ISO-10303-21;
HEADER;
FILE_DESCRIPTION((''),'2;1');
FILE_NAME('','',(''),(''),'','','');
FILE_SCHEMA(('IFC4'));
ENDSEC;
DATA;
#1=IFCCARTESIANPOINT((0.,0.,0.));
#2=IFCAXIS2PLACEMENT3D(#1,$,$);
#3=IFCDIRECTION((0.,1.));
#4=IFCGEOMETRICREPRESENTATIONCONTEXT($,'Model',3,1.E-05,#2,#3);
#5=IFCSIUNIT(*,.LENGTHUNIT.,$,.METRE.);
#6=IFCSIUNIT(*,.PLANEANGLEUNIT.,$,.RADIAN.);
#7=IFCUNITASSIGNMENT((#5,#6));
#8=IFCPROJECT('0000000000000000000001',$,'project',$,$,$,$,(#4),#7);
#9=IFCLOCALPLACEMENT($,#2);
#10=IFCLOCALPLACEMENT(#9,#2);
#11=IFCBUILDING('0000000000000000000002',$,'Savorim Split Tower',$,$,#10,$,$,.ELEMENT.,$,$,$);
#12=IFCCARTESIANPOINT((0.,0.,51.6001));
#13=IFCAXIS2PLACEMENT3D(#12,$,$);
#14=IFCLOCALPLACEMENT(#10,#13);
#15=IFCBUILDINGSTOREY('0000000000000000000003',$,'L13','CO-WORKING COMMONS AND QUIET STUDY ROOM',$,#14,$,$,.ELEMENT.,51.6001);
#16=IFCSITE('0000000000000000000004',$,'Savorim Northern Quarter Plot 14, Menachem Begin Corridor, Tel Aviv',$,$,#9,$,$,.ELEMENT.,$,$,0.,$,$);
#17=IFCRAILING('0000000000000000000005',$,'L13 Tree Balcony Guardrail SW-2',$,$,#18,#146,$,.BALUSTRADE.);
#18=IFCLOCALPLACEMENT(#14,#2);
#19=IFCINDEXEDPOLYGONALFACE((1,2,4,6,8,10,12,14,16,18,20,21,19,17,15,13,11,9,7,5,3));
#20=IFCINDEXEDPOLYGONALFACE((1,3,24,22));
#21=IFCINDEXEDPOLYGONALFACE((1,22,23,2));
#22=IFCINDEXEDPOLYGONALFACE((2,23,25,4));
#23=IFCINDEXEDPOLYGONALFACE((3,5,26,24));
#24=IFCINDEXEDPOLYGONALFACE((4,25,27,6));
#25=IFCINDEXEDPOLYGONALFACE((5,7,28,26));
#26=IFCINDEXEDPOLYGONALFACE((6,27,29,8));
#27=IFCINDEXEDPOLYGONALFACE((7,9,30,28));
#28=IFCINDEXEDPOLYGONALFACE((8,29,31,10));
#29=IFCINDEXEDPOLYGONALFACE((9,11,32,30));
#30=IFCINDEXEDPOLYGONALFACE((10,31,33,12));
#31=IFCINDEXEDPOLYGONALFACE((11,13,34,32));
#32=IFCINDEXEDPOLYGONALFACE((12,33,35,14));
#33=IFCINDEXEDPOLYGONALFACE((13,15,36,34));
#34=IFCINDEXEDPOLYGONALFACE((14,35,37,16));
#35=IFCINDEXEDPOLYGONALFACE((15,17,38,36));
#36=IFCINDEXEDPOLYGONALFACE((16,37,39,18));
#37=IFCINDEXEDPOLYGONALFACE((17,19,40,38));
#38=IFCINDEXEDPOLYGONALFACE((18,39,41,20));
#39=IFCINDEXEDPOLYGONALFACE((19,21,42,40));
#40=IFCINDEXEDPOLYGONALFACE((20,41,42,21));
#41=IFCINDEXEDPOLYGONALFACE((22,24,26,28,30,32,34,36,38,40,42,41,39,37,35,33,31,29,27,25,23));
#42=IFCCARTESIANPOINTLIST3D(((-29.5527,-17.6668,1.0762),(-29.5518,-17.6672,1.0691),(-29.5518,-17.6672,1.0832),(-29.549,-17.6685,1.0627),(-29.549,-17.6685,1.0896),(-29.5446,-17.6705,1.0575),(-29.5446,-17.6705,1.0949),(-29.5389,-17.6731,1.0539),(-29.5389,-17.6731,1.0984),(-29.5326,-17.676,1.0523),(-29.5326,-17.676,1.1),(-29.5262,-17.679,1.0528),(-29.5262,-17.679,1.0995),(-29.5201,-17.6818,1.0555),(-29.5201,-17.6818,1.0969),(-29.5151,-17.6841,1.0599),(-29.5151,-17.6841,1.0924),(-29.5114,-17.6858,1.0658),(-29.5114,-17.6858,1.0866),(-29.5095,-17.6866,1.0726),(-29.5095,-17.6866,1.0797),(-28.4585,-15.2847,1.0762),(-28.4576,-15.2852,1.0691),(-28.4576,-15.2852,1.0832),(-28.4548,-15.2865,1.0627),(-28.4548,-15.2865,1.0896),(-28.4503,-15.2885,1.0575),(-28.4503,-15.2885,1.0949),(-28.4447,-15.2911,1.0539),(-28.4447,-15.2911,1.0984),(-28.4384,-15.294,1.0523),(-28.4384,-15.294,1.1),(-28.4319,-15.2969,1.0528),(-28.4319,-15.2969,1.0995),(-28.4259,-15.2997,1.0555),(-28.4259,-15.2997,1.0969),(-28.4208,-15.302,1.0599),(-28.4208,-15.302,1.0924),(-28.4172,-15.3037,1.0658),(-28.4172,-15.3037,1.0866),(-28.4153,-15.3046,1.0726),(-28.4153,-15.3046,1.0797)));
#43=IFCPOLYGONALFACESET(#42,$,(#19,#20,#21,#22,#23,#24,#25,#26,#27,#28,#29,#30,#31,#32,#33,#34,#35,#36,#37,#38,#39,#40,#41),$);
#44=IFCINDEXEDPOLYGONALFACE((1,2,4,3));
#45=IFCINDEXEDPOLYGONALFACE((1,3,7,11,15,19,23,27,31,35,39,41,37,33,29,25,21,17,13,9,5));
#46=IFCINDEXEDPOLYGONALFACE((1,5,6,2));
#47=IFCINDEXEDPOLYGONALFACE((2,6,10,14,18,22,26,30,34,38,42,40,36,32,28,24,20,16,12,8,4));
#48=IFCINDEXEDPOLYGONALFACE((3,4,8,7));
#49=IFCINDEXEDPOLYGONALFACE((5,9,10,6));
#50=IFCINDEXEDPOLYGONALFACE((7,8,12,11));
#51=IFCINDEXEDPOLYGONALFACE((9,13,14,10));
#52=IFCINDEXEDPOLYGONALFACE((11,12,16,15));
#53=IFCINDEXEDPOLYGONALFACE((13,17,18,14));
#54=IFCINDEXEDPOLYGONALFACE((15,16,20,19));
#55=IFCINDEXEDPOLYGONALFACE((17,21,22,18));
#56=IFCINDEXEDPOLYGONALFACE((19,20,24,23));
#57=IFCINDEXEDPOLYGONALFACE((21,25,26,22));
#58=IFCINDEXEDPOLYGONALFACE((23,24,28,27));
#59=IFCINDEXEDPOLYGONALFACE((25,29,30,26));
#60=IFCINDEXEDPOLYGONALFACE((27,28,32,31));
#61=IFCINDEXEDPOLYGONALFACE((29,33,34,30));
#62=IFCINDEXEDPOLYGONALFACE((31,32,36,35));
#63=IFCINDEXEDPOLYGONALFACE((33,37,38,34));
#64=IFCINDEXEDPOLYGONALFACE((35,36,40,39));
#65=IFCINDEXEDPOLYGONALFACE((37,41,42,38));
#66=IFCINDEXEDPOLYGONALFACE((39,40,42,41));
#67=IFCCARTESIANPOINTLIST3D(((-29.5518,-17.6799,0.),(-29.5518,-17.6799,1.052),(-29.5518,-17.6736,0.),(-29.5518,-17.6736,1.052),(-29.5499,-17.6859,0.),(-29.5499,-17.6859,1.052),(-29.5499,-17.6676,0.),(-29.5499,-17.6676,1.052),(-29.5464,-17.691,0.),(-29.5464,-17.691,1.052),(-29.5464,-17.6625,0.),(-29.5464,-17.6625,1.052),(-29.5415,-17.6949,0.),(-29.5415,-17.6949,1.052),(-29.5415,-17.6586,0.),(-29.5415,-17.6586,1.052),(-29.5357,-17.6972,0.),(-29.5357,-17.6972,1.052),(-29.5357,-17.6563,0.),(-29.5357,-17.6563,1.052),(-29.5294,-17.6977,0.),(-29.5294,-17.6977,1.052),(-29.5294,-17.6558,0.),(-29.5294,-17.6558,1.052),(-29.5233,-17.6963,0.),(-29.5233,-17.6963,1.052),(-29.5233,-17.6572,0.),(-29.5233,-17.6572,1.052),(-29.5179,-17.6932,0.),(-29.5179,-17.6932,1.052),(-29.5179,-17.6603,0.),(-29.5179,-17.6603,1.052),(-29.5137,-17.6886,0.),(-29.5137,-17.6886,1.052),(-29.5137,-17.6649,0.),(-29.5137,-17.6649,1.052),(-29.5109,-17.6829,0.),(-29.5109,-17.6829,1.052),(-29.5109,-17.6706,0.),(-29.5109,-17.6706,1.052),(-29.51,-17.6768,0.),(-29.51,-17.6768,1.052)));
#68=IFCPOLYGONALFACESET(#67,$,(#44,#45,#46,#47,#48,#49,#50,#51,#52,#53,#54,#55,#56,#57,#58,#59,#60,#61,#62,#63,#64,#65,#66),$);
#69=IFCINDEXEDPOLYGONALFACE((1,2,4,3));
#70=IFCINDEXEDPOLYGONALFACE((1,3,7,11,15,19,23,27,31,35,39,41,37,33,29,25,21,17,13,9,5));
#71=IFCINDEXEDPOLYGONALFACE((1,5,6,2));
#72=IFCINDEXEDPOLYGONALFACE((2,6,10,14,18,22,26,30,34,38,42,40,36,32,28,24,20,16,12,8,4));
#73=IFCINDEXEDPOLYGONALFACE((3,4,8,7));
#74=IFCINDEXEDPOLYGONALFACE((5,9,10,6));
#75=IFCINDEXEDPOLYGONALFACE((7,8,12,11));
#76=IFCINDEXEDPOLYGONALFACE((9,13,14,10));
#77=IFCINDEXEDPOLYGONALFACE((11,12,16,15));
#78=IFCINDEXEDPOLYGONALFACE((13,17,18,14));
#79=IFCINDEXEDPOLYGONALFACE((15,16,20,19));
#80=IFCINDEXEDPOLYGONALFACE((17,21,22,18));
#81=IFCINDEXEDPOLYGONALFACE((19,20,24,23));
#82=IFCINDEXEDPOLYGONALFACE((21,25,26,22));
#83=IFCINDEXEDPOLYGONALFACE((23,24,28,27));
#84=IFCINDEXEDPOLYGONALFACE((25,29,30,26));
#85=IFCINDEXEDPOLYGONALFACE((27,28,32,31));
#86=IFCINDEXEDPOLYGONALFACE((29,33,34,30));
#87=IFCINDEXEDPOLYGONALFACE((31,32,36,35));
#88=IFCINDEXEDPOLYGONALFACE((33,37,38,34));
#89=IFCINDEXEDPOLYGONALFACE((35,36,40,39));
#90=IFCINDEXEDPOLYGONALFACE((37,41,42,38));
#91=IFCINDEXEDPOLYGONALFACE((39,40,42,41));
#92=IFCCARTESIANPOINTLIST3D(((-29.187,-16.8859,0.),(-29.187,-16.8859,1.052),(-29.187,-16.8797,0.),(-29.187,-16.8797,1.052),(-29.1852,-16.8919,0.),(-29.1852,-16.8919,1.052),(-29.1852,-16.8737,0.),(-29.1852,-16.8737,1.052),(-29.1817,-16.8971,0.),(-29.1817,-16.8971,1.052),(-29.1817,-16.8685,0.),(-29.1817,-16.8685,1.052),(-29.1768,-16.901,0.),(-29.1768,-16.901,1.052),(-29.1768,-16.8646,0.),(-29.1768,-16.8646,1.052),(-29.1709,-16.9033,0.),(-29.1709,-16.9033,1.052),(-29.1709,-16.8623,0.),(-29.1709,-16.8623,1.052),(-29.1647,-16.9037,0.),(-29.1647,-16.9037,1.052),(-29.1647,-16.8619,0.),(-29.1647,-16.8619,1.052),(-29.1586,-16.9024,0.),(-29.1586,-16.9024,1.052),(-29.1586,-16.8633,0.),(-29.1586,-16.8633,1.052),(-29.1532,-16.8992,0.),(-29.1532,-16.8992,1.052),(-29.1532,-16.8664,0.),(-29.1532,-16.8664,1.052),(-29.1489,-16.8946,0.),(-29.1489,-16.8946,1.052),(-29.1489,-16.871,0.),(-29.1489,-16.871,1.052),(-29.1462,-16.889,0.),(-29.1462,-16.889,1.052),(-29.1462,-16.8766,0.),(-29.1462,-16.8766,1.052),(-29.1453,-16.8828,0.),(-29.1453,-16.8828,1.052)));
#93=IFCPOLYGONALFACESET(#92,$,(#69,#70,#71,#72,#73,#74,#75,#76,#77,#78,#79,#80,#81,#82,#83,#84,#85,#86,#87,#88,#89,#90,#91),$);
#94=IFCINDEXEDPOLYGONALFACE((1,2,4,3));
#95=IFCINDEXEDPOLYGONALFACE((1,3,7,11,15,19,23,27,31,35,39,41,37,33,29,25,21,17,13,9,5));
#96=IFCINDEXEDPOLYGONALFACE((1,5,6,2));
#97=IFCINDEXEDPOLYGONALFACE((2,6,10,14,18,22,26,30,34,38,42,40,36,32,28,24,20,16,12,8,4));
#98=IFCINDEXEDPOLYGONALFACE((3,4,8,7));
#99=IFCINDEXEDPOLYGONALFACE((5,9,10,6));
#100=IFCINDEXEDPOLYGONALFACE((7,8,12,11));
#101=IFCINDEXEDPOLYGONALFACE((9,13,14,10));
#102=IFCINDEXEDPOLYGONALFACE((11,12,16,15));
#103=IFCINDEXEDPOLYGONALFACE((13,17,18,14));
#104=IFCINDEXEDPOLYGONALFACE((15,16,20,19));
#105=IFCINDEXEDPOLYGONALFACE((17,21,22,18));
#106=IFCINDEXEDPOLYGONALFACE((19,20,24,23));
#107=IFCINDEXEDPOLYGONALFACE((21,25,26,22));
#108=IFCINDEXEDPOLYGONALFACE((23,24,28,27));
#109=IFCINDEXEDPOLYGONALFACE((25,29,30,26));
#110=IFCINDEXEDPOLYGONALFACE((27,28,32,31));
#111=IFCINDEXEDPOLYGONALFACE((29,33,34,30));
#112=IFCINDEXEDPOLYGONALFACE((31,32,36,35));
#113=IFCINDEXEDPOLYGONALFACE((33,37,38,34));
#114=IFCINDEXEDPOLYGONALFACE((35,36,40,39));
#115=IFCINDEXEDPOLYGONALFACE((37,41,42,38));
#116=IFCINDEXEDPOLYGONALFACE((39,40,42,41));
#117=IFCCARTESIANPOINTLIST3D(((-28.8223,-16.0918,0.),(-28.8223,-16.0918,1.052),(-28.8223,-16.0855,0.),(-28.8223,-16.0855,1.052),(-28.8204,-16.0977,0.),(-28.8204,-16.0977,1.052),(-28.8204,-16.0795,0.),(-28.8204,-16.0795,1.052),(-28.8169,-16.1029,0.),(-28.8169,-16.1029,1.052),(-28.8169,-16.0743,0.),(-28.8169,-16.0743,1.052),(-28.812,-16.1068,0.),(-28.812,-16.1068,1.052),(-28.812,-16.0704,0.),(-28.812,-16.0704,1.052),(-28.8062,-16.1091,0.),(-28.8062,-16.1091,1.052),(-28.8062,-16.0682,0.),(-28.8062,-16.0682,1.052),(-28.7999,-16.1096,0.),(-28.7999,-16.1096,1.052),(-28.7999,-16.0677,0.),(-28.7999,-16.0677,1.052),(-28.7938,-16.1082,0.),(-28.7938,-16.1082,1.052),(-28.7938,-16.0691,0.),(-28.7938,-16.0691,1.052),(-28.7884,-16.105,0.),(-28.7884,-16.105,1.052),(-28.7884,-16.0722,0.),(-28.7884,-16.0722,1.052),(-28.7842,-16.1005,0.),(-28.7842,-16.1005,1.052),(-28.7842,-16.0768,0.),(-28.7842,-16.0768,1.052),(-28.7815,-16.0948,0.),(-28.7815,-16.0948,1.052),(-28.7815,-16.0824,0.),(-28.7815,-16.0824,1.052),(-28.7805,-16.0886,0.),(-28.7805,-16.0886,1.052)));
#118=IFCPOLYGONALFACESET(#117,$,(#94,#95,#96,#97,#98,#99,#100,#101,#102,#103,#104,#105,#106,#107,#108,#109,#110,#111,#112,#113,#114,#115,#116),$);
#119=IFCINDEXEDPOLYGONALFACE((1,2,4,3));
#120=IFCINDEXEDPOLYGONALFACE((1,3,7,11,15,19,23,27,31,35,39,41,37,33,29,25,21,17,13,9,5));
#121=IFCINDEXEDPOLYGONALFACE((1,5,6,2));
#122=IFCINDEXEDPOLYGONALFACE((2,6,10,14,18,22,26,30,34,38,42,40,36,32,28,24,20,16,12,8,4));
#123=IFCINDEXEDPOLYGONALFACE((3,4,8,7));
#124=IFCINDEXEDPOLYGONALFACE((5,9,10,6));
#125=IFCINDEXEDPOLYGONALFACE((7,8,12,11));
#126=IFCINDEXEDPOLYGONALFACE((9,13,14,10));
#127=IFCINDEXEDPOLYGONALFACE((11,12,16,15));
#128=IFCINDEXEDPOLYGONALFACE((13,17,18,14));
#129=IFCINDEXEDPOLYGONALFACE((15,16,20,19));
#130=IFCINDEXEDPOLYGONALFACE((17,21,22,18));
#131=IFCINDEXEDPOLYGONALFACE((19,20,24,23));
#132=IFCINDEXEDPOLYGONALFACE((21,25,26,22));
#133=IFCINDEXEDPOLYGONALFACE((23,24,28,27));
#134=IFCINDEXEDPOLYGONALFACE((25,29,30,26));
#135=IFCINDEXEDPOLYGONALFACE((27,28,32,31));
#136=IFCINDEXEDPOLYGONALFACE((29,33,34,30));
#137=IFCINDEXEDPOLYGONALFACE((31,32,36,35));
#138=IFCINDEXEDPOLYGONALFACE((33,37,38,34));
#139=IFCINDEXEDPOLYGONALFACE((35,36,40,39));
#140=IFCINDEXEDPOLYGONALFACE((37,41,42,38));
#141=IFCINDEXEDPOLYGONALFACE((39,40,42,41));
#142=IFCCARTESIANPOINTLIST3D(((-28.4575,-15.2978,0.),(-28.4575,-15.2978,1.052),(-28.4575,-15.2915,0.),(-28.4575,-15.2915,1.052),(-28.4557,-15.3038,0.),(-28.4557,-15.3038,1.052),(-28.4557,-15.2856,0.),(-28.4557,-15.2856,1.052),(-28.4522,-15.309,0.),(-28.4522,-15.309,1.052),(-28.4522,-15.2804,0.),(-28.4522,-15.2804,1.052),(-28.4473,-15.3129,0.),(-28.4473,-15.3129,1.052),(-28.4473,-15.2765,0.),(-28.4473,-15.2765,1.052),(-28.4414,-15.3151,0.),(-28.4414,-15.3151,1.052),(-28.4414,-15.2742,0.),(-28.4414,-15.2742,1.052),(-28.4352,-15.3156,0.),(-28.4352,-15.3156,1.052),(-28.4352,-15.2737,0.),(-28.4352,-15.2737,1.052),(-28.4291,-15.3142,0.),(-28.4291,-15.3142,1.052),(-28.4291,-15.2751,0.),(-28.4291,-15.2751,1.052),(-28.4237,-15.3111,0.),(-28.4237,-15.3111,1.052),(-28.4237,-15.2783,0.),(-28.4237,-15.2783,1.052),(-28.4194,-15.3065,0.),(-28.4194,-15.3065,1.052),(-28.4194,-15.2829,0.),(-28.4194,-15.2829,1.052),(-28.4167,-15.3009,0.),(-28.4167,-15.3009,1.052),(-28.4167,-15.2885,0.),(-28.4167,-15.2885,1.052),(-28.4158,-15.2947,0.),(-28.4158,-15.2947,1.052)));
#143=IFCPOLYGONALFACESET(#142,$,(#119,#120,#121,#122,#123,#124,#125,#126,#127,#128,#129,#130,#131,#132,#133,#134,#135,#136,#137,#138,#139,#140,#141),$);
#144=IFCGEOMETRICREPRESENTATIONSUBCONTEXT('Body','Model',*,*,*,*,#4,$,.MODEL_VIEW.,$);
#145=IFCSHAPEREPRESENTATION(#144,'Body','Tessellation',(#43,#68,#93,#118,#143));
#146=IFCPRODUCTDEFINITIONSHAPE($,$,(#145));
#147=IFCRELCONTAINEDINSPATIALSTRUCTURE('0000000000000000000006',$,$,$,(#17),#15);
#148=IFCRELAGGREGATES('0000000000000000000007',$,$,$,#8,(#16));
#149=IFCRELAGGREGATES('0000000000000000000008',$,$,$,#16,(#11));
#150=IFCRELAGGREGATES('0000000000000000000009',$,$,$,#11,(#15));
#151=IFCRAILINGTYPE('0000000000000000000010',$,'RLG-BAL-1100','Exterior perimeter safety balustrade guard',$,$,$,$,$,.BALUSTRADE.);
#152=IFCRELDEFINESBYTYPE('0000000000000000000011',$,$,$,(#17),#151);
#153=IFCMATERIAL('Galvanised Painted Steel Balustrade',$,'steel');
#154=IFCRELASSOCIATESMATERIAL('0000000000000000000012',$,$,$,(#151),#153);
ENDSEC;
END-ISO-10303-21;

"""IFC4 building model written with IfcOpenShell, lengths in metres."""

from ifc_helpers import new_model, si_unit, direction, frame, origin, origin_2d, place, context, subcontext, project, spatial, circle, extrude, material, type_object, element, save


model = new_model("IFC4")

# Units and contexts
model_context = context("Model", 3, precision=1e-05, world=origin(), true_north=direction((0.0, 1.0)))
body_context = subcontext(model_context, "Body", "Model", "MODEL_VIEW")
ifc_project = project(units=[si_unit("LENGTHUNIT", "METRE"), si_unit("PLANEANGLEUNIT", "RADIAN")], contexts=[model_context])

# Site, building, storey
site_placement = place(None, origin())
site = spatial("IfcSite", under=ifc_project, at=site_placement, Name="Savorim Northern Quarter Plot 14, Menachem Begin Corridor, Tel Aviv", CompositionType="ELEMENT", RefElevation=0.0)
building_placement = place(site_placement, origin())
building = spatial("IfcBuilding", under=site, at=building_placement, Name="Savorim Split Tower", CompositionType="ELEMENT")
storey_placement = place(building_placement, frame((0.0, 0.0, 51.6001)))
storey = spatial("IfcBuildingStorey", under=building, at=storey_placement, Name="L13", Description="CO-WORKING COMMONS AND QUIET STUDY ROOM", CompositionType="ELEMENT", Elevation=51.6001)

# Railing
ifc_material_1 = material(Name="Galvanised Painted Steel Balustrade", Category="steel")
railing_type = type_object("IfcRailingType", Name="RLG-BAL-1100", Description="Exterior perimeter safety balustrade guard", PredefinedType="BALUSTRADE", material=ifc_material_1)
railing_1_placement = place(storey_placement, frame((-29.531, -17.6768, 0.0)))
element("IfcRailing", 1, at=railing_1_placement, inside=storey, type_object=railing_type, Name="L13 Tree Balcony Guardrail SW-2", PredefinedType="BALUSTRADE", context=body_context, shape_type="SweptSolid", body=[
    extrude(circle(Radius=0.0239, at=origin_2d()), frame((0.0, 0.0, 1.0762), z_axis=(0.417427, 0.90871, 0.0), x_axis=(-0.90871, 0.417427, 0.0)), (0.0, 0.0, 1.0), 2.6213),
    extrude(circle(Radius=0.021, at=origin_2d()), origin(), (0.0, 0.0, 1.0), 1.052),
    extrude(circle(Radius=0.021, at=origin_2d()), frame((0.3647, 0.7939, 0.0)), (0.0, 0.0, 1.0), 1.052),
    extrude(circle(Radius=0.021, at=origin_2d()), frame((0.7295, 1.5881, 0.0)), (0.0, 0.0, 1.0), 1.052),
    extrude(circle(Radius=0.021, at=origin_2d()), frame((1.0942, 2.3821, 0.0)), (0.0, 0.0, 1.0), 1.052),
])

save(model, "model.ifc")
